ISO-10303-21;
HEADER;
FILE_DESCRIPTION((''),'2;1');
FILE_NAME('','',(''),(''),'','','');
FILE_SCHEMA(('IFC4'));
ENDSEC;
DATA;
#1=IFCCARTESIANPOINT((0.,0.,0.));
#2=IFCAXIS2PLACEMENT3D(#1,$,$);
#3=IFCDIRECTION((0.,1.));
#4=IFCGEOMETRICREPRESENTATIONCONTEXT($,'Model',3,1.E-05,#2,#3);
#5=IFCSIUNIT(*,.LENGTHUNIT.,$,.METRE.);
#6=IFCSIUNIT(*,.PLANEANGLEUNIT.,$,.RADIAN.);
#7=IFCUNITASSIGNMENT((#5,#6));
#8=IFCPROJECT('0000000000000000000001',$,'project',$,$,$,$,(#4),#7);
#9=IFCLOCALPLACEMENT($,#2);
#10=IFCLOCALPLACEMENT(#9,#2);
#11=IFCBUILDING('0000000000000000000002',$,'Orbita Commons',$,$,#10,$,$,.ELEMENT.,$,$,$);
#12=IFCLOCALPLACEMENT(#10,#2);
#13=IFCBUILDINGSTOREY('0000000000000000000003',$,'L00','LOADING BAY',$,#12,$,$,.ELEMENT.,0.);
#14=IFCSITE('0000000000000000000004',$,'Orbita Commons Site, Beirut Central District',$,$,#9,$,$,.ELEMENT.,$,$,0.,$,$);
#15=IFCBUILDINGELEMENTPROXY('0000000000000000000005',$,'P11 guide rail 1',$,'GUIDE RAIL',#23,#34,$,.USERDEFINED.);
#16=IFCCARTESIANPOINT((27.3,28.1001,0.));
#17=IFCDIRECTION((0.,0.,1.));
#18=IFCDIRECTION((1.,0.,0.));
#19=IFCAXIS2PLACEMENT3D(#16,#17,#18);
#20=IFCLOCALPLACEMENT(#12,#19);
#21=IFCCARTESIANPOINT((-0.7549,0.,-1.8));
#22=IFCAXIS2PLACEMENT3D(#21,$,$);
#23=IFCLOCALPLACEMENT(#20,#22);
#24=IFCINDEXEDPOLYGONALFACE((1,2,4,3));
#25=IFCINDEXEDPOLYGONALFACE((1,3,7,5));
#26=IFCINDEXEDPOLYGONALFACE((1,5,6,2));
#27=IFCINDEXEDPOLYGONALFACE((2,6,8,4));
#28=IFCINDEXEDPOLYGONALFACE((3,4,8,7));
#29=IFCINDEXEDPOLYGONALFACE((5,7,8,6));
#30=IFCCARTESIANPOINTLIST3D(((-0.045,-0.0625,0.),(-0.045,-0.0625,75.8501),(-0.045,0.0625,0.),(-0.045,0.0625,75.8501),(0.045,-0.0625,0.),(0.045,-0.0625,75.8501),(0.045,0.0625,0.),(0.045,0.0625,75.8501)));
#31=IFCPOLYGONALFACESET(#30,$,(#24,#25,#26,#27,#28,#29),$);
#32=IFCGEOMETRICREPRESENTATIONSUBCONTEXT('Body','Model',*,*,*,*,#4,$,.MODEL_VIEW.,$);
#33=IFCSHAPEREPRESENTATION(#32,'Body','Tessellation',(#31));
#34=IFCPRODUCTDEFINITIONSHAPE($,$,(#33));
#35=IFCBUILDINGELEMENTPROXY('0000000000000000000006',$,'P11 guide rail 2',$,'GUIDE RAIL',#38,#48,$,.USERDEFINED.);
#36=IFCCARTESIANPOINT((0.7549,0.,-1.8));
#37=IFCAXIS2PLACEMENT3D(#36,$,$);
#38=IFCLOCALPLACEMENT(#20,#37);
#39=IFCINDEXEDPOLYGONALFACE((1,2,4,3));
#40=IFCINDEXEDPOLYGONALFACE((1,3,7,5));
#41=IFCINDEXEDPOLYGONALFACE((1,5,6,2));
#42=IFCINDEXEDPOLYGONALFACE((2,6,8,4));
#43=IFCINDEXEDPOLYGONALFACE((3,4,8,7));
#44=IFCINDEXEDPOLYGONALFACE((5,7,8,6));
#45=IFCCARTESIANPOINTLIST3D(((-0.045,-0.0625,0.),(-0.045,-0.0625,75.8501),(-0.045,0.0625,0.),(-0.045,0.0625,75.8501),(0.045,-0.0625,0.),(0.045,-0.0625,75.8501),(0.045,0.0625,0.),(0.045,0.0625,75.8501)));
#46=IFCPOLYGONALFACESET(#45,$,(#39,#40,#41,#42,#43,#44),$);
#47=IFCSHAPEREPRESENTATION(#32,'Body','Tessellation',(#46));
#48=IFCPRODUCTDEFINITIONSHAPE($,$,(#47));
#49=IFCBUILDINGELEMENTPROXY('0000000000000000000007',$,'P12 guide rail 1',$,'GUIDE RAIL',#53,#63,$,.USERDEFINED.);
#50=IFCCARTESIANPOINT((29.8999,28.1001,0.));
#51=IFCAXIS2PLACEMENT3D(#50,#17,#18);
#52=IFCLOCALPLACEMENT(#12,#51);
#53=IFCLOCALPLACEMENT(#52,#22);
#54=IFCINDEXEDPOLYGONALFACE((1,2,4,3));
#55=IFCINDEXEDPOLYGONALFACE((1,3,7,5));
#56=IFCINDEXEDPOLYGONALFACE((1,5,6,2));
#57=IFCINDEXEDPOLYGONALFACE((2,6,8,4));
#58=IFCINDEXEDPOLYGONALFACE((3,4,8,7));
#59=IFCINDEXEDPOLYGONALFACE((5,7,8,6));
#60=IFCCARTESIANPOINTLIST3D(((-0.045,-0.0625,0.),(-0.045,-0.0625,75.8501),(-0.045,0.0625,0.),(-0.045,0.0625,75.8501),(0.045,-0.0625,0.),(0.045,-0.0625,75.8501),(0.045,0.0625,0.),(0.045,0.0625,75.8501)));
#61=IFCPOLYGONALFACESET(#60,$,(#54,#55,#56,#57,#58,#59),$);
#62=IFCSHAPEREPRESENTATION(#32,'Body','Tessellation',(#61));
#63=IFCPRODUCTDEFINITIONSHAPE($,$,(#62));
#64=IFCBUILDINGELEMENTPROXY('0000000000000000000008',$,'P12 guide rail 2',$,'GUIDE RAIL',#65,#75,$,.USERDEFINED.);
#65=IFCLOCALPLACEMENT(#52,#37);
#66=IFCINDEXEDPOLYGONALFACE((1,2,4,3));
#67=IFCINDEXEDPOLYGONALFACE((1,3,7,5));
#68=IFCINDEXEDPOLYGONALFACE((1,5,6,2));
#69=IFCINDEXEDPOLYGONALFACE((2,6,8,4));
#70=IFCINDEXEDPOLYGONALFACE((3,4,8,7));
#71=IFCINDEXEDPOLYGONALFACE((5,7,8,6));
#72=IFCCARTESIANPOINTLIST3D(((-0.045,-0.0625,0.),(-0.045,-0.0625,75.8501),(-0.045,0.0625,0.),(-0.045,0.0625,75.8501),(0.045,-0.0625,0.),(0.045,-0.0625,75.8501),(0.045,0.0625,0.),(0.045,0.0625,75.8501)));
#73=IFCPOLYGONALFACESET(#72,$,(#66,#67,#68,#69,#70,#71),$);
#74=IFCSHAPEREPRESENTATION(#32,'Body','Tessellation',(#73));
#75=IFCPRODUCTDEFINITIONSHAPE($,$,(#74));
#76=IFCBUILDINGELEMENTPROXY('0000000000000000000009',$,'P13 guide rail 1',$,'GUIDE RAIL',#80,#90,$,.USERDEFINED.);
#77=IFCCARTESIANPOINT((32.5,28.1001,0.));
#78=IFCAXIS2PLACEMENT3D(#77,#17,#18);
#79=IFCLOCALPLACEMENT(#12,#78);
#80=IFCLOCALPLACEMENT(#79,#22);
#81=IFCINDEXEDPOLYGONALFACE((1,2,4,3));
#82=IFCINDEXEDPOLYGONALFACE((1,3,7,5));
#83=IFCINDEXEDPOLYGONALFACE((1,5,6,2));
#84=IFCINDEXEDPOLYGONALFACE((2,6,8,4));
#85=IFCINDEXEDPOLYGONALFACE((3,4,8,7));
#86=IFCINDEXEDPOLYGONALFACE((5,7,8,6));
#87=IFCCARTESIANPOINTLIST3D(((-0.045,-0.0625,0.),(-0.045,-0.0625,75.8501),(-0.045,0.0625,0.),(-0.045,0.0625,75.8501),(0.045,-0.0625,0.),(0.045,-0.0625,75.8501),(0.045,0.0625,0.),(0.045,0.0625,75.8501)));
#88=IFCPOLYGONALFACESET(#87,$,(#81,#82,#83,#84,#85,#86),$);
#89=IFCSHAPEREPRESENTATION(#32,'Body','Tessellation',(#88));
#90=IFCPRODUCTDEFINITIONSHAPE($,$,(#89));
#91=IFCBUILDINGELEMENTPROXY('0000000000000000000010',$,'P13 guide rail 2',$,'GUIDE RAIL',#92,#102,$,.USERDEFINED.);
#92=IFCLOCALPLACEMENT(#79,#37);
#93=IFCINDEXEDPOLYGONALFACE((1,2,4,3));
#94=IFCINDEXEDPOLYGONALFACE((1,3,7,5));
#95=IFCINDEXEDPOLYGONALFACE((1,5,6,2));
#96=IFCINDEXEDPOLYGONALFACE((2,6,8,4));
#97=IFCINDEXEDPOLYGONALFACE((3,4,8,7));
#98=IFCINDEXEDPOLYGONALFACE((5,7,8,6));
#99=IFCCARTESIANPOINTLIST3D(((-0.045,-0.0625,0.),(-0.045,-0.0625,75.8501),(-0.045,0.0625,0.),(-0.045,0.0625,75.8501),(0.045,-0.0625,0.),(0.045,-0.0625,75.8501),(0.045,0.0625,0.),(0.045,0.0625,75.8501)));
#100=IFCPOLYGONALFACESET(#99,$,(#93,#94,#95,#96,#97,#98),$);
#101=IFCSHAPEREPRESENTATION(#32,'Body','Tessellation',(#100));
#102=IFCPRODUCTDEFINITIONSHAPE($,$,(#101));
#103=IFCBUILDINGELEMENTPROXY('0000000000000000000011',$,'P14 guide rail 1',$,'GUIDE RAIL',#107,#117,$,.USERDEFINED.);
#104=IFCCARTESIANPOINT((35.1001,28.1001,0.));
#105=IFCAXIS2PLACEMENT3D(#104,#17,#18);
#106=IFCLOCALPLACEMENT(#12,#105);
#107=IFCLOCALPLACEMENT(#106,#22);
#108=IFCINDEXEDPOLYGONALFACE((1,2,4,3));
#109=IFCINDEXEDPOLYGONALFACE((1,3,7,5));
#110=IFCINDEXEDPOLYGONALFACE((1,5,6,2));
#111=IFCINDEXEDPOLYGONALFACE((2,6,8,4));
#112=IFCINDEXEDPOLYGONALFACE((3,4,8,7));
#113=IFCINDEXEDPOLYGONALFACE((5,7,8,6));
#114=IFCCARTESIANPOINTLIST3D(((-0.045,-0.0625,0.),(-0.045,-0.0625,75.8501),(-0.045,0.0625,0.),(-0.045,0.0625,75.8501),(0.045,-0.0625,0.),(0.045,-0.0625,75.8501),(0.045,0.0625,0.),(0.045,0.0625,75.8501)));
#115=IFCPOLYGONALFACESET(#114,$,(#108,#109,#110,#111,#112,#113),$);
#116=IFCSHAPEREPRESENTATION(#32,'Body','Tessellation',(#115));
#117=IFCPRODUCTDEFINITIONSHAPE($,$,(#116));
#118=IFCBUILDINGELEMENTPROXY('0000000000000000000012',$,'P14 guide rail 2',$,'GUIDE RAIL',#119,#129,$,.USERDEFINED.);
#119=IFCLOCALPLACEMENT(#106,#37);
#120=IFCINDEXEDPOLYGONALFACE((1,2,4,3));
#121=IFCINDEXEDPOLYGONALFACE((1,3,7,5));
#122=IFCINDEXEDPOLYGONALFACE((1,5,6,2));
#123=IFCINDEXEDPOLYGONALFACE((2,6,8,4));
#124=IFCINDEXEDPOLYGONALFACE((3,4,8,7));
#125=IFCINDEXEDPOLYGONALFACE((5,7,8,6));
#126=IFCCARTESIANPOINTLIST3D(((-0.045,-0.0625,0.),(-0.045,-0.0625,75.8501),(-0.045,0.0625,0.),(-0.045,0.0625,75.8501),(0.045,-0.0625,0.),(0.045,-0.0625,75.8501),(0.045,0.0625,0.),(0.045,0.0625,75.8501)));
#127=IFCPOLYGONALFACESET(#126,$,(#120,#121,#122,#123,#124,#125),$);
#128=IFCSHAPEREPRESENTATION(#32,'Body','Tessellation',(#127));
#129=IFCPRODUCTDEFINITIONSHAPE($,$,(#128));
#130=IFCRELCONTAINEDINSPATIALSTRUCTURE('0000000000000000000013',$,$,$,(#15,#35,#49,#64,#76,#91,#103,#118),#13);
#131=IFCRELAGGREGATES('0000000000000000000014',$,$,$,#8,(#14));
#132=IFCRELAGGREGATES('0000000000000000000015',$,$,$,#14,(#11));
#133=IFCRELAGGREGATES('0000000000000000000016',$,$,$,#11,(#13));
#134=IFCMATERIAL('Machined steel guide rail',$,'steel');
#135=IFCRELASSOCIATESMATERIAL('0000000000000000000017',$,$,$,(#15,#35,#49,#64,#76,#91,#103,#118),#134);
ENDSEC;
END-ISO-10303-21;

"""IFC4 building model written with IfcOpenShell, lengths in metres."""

from ifc_helpers import new_model, si_unit, direction, frame, origin, origin_2d, place, context, subcontext, project, spatial, rectangle, extrude, material, element, save


model = new_model("IFC4")

# Units and contexts
model_context = context("Model", 3, precision=1e-05, world=origin(), true_north=direction((0.0, 1.0)))
body_context = subcontext(model_context, "Body", "Model", "MODEL_VIEW")
ifc_project = project(units=[si_unit("LENGTHUNIT", "METRE"), si_unit("PLANEANGLEUNIT", "RADIAN")], contexts=[model_context])

# Site, building, storey
site_placement = place(None, origin())
site = spatial("IfcSite", under=ifc_project, at=site_placement, Name="Orbita Commons Site, Beirut Central District", CompositionType="ELEMENT", RefElevation=0.0)
building_placement = place(site_placement, origin())
building = spatial("IfcBuilding", under=site, at=building_placement, Name="Orbita Commons", CompositionType="ELEMENT")
storey_placement = place(building_placement, origin())
storey = spatial("IfcBuildingStorey", under=building, at=storey_placement, Name="L00", Description="LOADING BAY", CompositionType="ELEMENT", Elevation=0.0)

# Shared definitions
transport_element_1_placement = place(storey_placement, frame((27.3, 28.1001, 0.0), z_axis=(0.0, 0.0, 1.0), x_axis=(1.0, 0.0, 0.0)))
transport_element_2_placement = place(storey_placement, frame((29.8999, 28.1001, 0.0), z_axis=(0.0, 0.0, 1.0), x_axis=(1.0, 0.0, 0.0)))
transport_element_3_placement = place(storey_placement, frame((32.5, 28.1001, 0.0), z_axis=(0.0, 0.0, 1.0), x_axis=(1.0, 0.0, 0.0)))
transport_element_4_placement = place(storey_placement, frame((35.1001, 28.1001, 0.0), z_axis=(0.0, 0.0, 1.0), x_axis=(1.0, 0.0, 0.0)))

# Building element proxies
ifc_material_1 = material(Name="Machined steel guide rail", Category="steel")
for number, where, name in (
    (1, (-0.7549, 0.0, -1.8), "P11 guide rail 1"),
    (2, (0.7549, 0.0, -1.8), "P11 guide rail 2"),
):
    element("IfcBuildingElementProxy", number, at=place(transport_element_1_placement, frame(where)), inside=storey, material=ifc_material_1, Name=name, ObjectType="GUIDE RAIL", PredefinedType="USERDEFINED", context=body_context, shape_type="SweptSolid", body=[
        extrude(rectangle(XDim=0.09, YDim=0.125, at=origin_2d()), origin(), (0.0, 0.0, 1.0), 75.8501),
    ])
for number, where, name in (
    (3, (-0.7549, 0.0, -1.8), "P12 guide rail 1"),
    (4, (0.7549, 0.0, -1.8), "P12 guide rail 2"),
):
    element("IfcBuildingElementProxy", number, at=place(transport_element_2_placement, frame(where)), inside=storey, material=ifc_material_1, Name=name, ObjectType="GUIDE RAIL", PredefinedType="USERDEFINED", context=body_context, shape_type="SweptSolid", body=[
        extrude(rectangle(XDim=0.09, YDim=0.125, at=origin_2d()), origin(), (0.0, 0.0, 1.0), 75.8501),
    ])
for number, where, name in (
    (5, (-0.7549, 0.0, -1.8), "P13 guide rail 1"),
    (6, (0.7549, 0.0, -1.8), "P13 guide rail 2"),
):
    element("IfcBuildingElementProxy", number, at=place(transport_element_3_placement, frame(where)), inside=storey, material=ifc_material_1, Name=name, ObjectType="GUIDE RAIL", PredefinedType="USERDEFINED", context=body_context, shape_type="SweptSolid", body=[
        extrude(rectangle(XDim=0.09, YDim=0.125, at=origin_2d()), origin(), (0.0, 0.0, 1.0), 75.8501),
    ])
for number, where, name in (
    (7, (-0.7549, 0.0, -1.8), "P14 guide rail 1"),
    (8, (0.7549, 0.0, -1.8), "P14 guide rail 2"),
):
    element("IfcBuildingElementProxy", number, at=place(transport_element_4_placement, frame(where)), inside=storey, material=ifc_material_1, Name=name, ObjectType="GUIDE RAIL", PredefinedType="USERDEFINED", context=body_context, shape_type="SweptSolid", body=[
        extrude(rectangle(XDim=0.09, YDim=0.125, at=origin_2d()), origin(), (0.0, 0.0, 1.0), 75.8501),
    ])

save(model, "model.ifc")
